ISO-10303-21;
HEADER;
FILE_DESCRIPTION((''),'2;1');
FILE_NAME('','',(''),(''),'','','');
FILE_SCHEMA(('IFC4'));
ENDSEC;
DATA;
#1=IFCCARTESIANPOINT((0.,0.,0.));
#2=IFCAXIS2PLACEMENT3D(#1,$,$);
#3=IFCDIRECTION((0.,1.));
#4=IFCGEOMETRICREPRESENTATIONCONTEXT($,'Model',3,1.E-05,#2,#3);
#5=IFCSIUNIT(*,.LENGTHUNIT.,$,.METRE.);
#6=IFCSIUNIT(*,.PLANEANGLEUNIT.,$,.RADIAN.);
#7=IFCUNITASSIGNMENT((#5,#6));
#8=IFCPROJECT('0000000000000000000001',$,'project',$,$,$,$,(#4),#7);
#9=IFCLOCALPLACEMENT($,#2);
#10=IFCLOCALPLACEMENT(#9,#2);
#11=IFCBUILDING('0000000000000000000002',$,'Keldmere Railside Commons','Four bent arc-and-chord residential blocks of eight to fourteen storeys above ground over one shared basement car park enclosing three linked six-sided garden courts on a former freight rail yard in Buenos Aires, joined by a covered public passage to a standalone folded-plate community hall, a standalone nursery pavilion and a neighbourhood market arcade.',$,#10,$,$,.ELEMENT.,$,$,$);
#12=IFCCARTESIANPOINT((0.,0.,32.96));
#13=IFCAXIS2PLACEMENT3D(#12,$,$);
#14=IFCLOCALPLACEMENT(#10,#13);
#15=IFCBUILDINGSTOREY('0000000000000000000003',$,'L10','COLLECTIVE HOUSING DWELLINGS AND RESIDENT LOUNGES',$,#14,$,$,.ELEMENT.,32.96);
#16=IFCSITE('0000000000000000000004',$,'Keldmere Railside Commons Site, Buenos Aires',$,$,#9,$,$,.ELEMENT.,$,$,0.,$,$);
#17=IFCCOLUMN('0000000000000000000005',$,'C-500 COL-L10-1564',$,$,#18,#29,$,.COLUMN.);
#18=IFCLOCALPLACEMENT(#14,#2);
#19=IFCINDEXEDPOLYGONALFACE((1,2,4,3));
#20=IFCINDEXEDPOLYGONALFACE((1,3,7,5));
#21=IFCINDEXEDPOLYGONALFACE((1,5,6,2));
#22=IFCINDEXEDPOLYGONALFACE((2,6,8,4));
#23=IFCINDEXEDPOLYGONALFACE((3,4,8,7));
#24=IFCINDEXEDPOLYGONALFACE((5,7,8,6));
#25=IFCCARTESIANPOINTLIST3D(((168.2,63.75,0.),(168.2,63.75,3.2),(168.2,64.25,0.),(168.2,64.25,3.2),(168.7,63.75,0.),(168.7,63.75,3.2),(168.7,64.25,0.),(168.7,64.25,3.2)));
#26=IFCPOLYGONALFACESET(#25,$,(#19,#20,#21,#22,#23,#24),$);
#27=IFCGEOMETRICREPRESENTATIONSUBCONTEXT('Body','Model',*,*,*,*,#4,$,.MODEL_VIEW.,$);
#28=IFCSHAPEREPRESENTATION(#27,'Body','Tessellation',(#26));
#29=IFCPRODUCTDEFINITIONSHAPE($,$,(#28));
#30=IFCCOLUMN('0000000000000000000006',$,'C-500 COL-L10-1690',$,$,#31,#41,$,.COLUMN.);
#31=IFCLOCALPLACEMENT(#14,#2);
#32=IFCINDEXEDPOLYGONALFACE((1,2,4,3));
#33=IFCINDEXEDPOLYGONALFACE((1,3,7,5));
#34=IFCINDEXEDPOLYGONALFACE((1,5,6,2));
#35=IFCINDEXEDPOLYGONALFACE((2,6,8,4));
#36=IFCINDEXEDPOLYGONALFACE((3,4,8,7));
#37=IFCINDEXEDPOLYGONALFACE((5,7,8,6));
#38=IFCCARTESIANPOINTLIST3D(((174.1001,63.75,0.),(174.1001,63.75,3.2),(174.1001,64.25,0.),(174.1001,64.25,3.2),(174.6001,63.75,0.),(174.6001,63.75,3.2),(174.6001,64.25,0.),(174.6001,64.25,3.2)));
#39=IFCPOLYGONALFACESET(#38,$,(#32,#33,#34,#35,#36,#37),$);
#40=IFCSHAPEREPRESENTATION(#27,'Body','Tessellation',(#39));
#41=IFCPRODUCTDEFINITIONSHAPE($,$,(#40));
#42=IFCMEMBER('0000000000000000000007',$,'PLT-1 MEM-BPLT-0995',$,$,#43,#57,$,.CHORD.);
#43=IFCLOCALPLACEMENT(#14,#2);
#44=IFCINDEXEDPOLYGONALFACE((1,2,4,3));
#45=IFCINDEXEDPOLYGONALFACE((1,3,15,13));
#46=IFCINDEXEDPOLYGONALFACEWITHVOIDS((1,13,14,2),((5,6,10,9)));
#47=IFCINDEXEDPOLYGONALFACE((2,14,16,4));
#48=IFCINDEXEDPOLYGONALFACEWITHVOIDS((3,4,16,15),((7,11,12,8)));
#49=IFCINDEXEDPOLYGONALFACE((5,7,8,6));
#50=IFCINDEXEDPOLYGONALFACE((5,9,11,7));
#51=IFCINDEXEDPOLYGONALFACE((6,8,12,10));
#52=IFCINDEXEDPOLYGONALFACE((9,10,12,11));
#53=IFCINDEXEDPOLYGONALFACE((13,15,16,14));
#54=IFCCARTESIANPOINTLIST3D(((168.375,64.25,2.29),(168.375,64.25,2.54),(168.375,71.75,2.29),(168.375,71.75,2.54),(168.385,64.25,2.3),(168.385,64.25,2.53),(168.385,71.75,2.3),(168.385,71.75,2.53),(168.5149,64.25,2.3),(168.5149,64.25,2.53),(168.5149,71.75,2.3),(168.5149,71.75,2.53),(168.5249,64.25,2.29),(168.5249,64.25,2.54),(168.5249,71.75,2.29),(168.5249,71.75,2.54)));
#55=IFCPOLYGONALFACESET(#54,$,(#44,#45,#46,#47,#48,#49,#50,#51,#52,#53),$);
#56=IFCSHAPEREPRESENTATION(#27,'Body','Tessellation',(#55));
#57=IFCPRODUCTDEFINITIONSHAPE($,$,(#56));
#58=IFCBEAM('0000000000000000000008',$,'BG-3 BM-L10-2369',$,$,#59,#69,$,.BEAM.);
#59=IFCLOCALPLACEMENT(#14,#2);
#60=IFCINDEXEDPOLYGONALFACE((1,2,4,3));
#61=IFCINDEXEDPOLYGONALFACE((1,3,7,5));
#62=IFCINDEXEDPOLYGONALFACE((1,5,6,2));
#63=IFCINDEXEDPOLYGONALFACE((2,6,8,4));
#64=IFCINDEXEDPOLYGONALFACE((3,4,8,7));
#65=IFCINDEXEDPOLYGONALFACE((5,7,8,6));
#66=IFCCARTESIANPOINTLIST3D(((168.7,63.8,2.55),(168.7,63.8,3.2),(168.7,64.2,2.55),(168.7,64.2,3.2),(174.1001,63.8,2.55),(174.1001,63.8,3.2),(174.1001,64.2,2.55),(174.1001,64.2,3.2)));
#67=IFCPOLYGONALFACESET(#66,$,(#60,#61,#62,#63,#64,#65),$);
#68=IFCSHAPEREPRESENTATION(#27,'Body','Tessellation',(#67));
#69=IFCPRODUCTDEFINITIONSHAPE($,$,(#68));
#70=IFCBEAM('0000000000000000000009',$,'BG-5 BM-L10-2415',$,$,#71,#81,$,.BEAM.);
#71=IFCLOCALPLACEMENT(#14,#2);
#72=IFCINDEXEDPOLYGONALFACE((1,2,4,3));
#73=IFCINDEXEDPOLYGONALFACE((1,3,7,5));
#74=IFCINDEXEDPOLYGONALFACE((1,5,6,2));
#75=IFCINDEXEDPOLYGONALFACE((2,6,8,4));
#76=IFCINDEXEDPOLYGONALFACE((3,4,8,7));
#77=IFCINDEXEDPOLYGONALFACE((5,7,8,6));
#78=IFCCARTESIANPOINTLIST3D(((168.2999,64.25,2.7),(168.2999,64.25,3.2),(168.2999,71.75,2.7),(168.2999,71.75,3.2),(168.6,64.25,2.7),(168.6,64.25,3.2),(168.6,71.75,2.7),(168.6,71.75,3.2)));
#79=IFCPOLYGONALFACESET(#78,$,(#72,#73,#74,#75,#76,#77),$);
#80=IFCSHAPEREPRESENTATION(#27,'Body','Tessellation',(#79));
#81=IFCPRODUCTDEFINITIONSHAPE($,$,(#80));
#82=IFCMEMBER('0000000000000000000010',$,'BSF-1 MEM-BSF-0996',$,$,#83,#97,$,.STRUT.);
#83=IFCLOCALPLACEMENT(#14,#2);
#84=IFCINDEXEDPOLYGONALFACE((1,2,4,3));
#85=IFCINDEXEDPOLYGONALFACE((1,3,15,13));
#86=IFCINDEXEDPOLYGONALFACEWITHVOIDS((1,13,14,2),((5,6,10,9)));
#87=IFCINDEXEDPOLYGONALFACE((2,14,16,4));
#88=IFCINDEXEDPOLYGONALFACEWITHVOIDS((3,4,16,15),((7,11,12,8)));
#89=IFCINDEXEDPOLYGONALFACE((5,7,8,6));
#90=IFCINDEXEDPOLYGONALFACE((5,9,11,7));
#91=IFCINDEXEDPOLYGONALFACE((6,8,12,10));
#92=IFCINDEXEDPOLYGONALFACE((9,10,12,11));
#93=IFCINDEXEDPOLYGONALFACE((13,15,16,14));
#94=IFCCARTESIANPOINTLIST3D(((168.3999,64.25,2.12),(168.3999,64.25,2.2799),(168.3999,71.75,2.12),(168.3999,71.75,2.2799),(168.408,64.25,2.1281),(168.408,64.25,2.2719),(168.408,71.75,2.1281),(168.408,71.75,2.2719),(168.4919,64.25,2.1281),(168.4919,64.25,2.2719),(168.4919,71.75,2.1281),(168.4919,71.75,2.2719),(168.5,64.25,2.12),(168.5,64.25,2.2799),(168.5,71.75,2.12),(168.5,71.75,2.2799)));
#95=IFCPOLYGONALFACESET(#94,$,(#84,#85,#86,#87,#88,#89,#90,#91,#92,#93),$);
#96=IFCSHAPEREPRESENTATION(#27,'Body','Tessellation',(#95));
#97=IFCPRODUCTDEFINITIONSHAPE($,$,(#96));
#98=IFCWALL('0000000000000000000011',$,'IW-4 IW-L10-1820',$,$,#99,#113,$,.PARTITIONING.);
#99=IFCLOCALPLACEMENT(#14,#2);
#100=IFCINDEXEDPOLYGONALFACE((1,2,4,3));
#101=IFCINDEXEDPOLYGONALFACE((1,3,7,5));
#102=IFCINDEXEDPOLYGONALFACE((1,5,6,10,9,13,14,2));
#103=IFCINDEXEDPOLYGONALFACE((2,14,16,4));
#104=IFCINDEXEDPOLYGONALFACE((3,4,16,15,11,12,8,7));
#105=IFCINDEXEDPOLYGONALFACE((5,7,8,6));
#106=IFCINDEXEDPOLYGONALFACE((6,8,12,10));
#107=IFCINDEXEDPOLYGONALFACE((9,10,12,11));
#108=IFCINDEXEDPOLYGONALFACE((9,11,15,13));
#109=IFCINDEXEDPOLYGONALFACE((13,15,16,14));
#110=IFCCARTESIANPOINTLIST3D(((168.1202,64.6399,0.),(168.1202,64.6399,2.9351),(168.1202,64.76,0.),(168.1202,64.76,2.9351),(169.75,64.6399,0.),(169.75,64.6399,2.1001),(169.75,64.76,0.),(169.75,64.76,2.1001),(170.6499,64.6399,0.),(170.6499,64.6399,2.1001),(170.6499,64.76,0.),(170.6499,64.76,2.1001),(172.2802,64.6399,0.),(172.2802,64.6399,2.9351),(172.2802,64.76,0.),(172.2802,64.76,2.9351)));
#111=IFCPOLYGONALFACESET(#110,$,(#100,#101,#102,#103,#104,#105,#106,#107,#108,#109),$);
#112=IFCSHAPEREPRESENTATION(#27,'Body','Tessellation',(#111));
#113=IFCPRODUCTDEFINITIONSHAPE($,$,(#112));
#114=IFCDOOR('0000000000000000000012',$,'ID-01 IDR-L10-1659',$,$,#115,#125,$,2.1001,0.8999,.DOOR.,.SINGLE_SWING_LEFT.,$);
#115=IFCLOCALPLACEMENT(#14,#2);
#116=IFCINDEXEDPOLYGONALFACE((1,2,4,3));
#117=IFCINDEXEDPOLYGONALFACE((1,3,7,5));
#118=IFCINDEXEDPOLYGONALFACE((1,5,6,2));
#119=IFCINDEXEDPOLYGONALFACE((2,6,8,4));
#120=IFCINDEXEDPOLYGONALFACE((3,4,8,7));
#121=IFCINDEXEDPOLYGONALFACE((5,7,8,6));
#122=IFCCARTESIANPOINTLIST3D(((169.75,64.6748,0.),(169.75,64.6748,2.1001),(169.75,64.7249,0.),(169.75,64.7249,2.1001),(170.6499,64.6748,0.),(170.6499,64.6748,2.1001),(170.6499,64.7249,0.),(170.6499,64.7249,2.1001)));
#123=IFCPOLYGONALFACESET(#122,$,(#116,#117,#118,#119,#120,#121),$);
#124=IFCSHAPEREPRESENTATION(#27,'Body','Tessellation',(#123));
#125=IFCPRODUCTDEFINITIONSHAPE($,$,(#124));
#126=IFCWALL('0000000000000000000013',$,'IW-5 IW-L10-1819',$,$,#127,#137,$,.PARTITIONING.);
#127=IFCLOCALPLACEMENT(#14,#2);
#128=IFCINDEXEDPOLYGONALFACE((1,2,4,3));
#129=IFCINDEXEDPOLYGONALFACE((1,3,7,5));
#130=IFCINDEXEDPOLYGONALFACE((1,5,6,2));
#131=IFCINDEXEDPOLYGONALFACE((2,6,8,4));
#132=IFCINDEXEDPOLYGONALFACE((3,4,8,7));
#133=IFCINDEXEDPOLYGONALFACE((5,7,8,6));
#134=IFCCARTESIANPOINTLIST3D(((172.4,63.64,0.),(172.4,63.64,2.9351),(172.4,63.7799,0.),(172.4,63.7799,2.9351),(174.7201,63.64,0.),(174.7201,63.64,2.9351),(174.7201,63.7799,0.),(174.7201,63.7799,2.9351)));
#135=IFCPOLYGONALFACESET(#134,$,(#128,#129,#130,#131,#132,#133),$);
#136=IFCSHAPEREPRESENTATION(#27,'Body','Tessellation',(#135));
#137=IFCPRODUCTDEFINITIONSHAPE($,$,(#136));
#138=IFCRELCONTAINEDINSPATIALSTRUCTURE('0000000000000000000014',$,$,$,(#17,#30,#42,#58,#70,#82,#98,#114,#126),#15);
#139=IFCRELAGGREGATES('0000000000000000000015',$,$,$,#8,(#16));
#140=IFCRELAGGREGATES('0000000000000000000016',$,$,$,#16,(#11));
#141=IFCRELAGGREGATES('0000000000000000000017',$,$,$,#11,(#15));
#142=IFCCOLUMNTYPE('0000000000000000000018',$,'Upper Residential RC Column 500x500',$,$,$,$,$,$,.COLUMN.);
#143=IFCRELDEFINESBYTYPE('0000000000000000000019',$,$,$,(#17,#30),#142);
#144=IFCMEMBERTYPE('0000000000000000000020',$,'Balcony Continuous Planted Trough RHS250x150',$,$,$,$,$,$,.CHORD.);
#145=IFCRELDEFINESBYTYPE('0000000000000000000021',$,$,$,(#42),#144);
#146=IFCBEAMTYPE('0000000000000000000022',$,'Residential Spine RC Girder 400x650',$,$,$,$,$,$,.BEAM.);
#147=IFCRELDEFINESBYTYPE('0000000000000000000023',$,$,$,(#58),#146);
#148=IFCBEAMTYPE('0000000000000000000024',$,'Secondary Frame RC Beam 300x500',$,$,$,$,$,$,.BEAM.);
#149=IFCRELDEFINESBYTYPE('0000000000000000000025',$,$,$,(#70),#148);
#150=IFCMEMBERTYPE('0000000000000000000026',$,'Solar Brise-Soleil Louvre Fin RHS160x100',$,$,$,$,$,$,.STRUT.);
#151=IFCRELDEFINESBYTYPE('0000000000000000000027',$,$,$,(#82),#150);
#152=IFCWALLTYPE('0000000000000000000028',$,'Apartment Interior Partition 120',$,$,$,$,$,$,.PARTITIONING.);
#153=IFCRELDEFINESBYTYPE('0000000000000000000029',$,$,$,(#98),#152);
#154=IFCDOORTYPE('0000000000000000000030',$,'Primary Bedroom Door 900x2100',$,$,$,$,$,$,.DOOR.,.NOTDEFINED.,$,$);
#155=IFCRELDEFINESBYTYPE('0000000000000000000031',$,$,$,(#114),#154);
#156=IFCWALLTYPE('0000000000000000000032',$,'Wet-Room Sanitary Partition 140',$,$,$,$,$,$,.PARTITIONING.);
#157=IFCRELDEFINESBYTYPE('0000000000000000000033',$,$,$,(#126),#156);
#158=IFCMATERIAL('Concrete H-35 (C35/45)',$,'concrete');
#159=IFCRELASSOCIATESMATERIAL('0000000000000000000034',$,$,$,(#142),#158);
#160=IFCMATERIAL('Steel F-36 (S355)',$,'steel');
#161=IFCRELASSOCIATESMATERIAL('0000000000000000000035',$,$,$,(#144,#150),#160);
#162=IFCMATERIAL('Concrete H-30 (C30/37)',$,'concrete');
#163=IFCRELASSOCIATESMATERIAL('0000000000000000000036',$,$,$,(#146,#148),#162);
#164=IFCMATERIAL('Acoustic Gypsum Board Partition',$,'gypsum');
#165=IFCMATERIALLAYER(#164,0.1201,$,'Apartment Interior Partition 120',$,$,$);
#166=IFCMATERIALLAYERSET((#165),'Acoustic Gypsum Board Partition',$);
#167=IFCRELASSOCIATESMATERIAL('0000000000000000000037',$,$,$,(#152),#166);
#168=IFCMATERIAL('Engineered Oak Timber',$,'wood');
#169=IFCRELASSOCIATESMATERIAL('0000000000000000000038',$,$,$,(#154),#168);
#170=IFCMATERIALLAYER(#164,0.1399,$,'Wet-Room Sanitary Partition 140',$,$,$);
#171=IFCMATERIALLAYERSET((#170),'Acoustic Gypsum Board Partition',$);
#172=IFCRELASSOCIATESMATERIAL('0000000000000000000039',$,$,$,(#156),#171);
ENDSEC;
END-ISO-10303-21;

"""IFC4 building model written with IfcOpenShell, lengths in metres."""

from ifc_helpers import new_model, si_unit, direction, frame, frame_2d, origin, origin_2d, place, context, subcontext, project, spatial, rectangle, hollow_rectangle, extrude, material, layer, layer_set, material_profile, profile_set, type_object, element, fill, save


model = new_model("IFC4")

# Units and contexts
model_context = context("Model", 3, precision=1e-05, world=origin(), true_north=direction((0.0, 1.0)))
body_context = subcontext(model_context, "Body", "Model", "MODEL_VIEW")
ifc_project = project(units=[si_unit("LENGTHUNIT", "METRE"), si_unit("PLANEANGLEUNIT", "RADIAN")], contexts=[model_context])

# Site, building, storey
site_placement = place(None, origin())
site = spatial("IfcSite", under=ifc_project, at=site_placement, Name="Keldmere Railside Commons Site, Buenos Aires", CompositionType="ELEMENT", RefElevation=0.0)
building_placement = place(site_placement, origin())
building = spatial("IfcBuilding", under=site, at=building_placement, Name="Keldmere Railside Commons", Description="Four bent arc-and-chord residential blocks of eight to fourteen storeys above ground over one shared basement car park enclosing three linked six-sided garden courts on a former freight rail yard in Buenos Aires, joined by a covered public passage to a standalone folded-plate community hall, a standalone nursery pavilion and a neighbourhood market arcade.", CompositionType="ELEMENT")
storey_placement = place(building_placement, frame((0.0, 0.0, 32.96)))
storey = spatial("IfcBuildingStorey", under=building, at=storey_placement, Name="L10", Description="COLLECTIVE HOUSING DWELLINGS AND RESIDENT LOUNGES", CompositionType="ELEMENT", Elevation=32.96)

# Columns
ifc_material_1 = material(Name="Concrete H-35 (C35/45)", Category="concrete")
ifc_material_profile_1 = material_profile(ifc_material_1, rectangle(XDim=0.5, YDim=0.5, at=origin_2d()), Name="RC-500x500")
ifc_profile_set_1 = profile_set([ifc_material_profile_1], Name="Concrete H-35 (C35/45)")
column_type = type_object("IfcColumnType", Name="Upper Residential RC Column 500x500", PredefinedType="COLUMN", material=ifc_profile_set_1)
for number, where, z_axis, x_axis, name in (
    (1, (168.45, 64.0, 0.0), (0.0, 0.0, 1.0), (1.0, 0.0, 0.0), "C-500 COL-L10-1564"),
    (2, (174.3501, 64.0, 0.0), (0.0, 0.0, 1.0), (1.0, 0.0, 0.0), "C-500 COL-L10-1690"),
):
    element("IfcColumn", number, at=place(storey_placement, frame(where, z_axis=z_axis, x_axis=x_axis)), inside=storey, type_object=column_type, Name=name, PredefinedType="COLUMN", context=body_context, shape_type="SweptSolid", body=[
        extrude(rectangle(XDim=0.5, YDim=0.5, at=origin_2d()), origin(), (0.0, 0.0, 1.0), 3.2),
    ])

# Member
ifc_material_2 = material(Name="Steel F-36 (S355)", Category="steel")
ifc_material_profile_2 = material_profile(ifc_material_2, hollow_rectangle(XDim=0.1499, YDim=0.25, WallThickness=0.01, at=origin_2d()), Name="RHS-250x150x10")
ifc_profile_set_2 = profile_set([ifc_material_profile_2], Name="Steel F-36 (S355)")
member_type_1 = type_object("IfcMemberType", Name="Balcony Continuous Planted Trough RHS250x150", PredefinedType="CHORD", material=ifc_profile_set_2)
member_1_placement = place(storey_placement, frame((168.45, 64.25, 2.415), z_axis=(0.0, 1.0, 0.0), x_axis=(-1.0, 0.0, 0.0)))
element("IfcMember", 3, at=member_1_placement, inside=storey, type_object=member_type_1, Name="PLT-1 MEM-BPLT-0995", PredefinedType="CHORD", context=body_context, shape_type="SweptSolid", body=[
    extrude(hollow_rectangle(XDim=0.1499, YDim=0.25, WallThickness=0.01, at=origin_2d()), origin(), (0.0, 0.0, 1.0), 7.5),
])

# Beams
ifc_material_3 = material(Name="Concrete H-30 (C30/37)", Category="concrete")
ifc_material_profile_3 = material_profile(ifc_material_3, rectangle(XDim=0.3999, YDim=0.6499, at=origin_2d()), Name="RC-400x650")
ifc_profile_set_3 = profile_set([ifc_material_profile_3], Name="Concrete H-30 (C30/37)")
beam_type_1 = type_object("IfcBeamType", Name="Residential Spine RC Girder 400x650", PredefinedType="BEAM", material=ifc_profile_set_3)
beam_1_placement = place(storey_placement, frame((168.7, 64.0, 2.875), z_axis=(1.0, 0.0, 0.0), x_axis=(0.0, 1.0, 0.0)))
element("IfcBeam", 4, at=beam_1_placement, inside=storey, type_object=beam_type_1, Name="BG-3 BM-L10-2369", PredefinedType="BEAM", context=body_context, shape_type="SweptSolid", body=[
    extrude(rectangle(XDim=0.3999, YDim=0.6499, at=origin_2d()), origin(), (0.0, 0.0, 1.0), 5.4001),
])
ifc_material_profile_4 = material_profile(ifc_material_3, rectangle(XDim=0.3, YDim=0.5, at=origin_2d()), Name="RC-300x500")
ifc_profile_set_4 = profile_set([ifc_material_profile_4], Name="Concrete H-30 (C30/37)")
beam_type_2 = type_object("IfcBeamType", Name="Secondary Frame RC Beam 300x500", PredefinedType="BEAM", material=ifc_profile_set_4)
beam_2_placement = place(storey_placement, frame((168.45, 64.25, 2.95), z_axis=(0.0, 1.0, 0.0), x_axis=(-1.0, 0.0, 0.0)))
element("IfcBeam", 5, at=beam_2_placement, inside=storey, type_object=beam_type_2, Name="BG-5 BM-L10-2415", PredefinedType="BEAM", context=body_context, shape_type="SweptSolid", body=[
    extrude(rectangle(XDim=0.3, YDim=0.5, at=origin_2d()), origin(), (0.0, 0.0, 1.0), 7.5),
])

# Member
ifc_material_profile_5 = material_profile(ifc_material_2, hollow_rectangle(XDim=0.1001, YDim=0.1599, WallThickness=0.0081, at=origin_2d()), Name="RHS-160x100x8")
ifc_profile_set_5 = profile_set([ifc_material_profile_5], Name="Steel F-36 (S355)")
member_type_2 = type_object("IfcMemberType", Name="Solar Brise-Soleil Louvre Fin RHS160x100", PredefinedType="STRUT", material=ifc_profile_set_5)
member_2_placement = place(storey_placement, frame((168.45, 64.25, 2.2), z_axis=(0.0, 1.0, 0.0), x_axis=(-1.0, 0.0, 0.0)))
element("IfcMember", 6, at=member_2_placement, inside=storey, type_object=member_type_2, Name="BSF-1 MEM-BSF-0996", PredefinedType="STRUT", context=body_context, shape_type="SweptSolid", body=[
    extrude(hollow_rectangle(XDim=0.1001, YDim=0.1599, WallThickness=0.0081, at=origin_2d()), origin(), (0.0, 0.0, 1.0), 7.5),
])

# Wall, opening, door
ifc_material_4 = material(Name="Acoustic Gypsum Board Partition", Category="gypsum")
ifc_layer_1 = layer(ifc_material_4, 0.1201, Name="Apartment Interior Partition 120")
ifc_layer_set_1 = layer_set([ifc_layer_1], Name="Acoustic Gypsum Board Partition")
wall_type_1 = type_object("IfcWallType", Name="Apartment Interior Partition 120", PredefinedType="PARTITIONING", material=ifc_layer_set_1)
wall_1_placement = place(storey_placement, frame((168.1201, 64.7, 0.0), z_axis=(0.0, 0.0, 1.0), x_axis=(1.0, 0.0, 0.0)))
wall_1 = element("IfcWall", 7, at=wall_1_placement, inside=storey, type_object=wall_type_1, Name="IW-4 IW-L10-1820", PredefinedType="PARTITIONING", context=body_context, shape_type="SweptSolid", body=[
    extrude(rectangle(XDim=4.1599, YDim=0.1201, at=frame_2d((2.0801, 0.0))), origin(), (0.0, 0.0, 1.0), 2.9351),
])
opening_placement = place(wall_1_placement, frame((1.6299, 0.0, 0.0)))
opening = element("IfcOpeningElement", 8, at=opening_placement, cuts=wall_1, PredefinedType="OPENING", context=body_context, shape_type="SweptSolid", body=[
    extrude(rectangle(XDim=0.8999, YDim=2.1001, at=frame_2d((0.45, 1.05))), frame((0.0, 0.0701, 0.0), z_axis=(0.0, -1.0, 0.0), x_axis=(1.0, 0.0, 0.0)), (0.0, 0.0, 1.0), 0.1401),
])
ifc_material_5 = material(Name="Engineered Oak Timber", Category="wood")
door_type = type_object("IfcDoorType", Name="Primary Bedroom Door 900x2100", OperationType="NOTDEFINED", PredefinedType="DOOR", material=ifc_material_5)
door_placement = place(opening_placement, origin())
door = element("IfcDoor", 9, at=door_placement, inside=storey, type_object=door_type, Name="ID-01 IDR-L10-1659", OperationType="SINGLE_SWING_LEFT", OverallHeight=2.1001, OverallWidth=0.8999, PredefinedType="DOOR", context=body_context, shape_type="SweptSolid", body=[
    extrude(rectangle(XDim=0.8999, YDim=2.1001, at=frame_2d((0.45, 1.05))), frame((0.0, 0.0249, 0.0), z_axis=(0.0, -1.0, 0.0), x_axis=(1.0, 0.0, 0.0)), (0.0, 0.0, 1.0), 0.05),
])
fill(opening, door)

# Wall
ifc_layer_2 = layer(ifc_material_4, 0.1399, Name="Wet-Room Sanitary Partition 140")
ifc_layer_set_2 = layer_set([ifc_layer_2], Name="Acoustic Gypsum Board Partition")
wall_type_2 = type_object("IfcWallType", Name="Wet-Room Sanitary Partition 140", PredefinedType="PARTITIONING", material=ifc_layer_set_2)
wall_2_placement = place(storey_placement, frame((172.3999, 63.71, 0.0), z_axis=(0.0, 0.0, 1.0), x_axis=(1.0, 0.0, 0.0)))
element("IfcWall", 10, at=wall_2_placement, inside=storey, type_object=wall_type_2, Name="IW-5 IW-L10-1819", PredefinedType="PARTITIONING", context=body_context, shape_type="SweptSolid", body=[
    extrude(rectangle(XDim=2.3201, YDim=0.1399, at=frame_2d((1.1602, 0.0))), origin(), (0.0, 0.0, 1.0), 2.9351),
])

save(model, "model.ifc")
